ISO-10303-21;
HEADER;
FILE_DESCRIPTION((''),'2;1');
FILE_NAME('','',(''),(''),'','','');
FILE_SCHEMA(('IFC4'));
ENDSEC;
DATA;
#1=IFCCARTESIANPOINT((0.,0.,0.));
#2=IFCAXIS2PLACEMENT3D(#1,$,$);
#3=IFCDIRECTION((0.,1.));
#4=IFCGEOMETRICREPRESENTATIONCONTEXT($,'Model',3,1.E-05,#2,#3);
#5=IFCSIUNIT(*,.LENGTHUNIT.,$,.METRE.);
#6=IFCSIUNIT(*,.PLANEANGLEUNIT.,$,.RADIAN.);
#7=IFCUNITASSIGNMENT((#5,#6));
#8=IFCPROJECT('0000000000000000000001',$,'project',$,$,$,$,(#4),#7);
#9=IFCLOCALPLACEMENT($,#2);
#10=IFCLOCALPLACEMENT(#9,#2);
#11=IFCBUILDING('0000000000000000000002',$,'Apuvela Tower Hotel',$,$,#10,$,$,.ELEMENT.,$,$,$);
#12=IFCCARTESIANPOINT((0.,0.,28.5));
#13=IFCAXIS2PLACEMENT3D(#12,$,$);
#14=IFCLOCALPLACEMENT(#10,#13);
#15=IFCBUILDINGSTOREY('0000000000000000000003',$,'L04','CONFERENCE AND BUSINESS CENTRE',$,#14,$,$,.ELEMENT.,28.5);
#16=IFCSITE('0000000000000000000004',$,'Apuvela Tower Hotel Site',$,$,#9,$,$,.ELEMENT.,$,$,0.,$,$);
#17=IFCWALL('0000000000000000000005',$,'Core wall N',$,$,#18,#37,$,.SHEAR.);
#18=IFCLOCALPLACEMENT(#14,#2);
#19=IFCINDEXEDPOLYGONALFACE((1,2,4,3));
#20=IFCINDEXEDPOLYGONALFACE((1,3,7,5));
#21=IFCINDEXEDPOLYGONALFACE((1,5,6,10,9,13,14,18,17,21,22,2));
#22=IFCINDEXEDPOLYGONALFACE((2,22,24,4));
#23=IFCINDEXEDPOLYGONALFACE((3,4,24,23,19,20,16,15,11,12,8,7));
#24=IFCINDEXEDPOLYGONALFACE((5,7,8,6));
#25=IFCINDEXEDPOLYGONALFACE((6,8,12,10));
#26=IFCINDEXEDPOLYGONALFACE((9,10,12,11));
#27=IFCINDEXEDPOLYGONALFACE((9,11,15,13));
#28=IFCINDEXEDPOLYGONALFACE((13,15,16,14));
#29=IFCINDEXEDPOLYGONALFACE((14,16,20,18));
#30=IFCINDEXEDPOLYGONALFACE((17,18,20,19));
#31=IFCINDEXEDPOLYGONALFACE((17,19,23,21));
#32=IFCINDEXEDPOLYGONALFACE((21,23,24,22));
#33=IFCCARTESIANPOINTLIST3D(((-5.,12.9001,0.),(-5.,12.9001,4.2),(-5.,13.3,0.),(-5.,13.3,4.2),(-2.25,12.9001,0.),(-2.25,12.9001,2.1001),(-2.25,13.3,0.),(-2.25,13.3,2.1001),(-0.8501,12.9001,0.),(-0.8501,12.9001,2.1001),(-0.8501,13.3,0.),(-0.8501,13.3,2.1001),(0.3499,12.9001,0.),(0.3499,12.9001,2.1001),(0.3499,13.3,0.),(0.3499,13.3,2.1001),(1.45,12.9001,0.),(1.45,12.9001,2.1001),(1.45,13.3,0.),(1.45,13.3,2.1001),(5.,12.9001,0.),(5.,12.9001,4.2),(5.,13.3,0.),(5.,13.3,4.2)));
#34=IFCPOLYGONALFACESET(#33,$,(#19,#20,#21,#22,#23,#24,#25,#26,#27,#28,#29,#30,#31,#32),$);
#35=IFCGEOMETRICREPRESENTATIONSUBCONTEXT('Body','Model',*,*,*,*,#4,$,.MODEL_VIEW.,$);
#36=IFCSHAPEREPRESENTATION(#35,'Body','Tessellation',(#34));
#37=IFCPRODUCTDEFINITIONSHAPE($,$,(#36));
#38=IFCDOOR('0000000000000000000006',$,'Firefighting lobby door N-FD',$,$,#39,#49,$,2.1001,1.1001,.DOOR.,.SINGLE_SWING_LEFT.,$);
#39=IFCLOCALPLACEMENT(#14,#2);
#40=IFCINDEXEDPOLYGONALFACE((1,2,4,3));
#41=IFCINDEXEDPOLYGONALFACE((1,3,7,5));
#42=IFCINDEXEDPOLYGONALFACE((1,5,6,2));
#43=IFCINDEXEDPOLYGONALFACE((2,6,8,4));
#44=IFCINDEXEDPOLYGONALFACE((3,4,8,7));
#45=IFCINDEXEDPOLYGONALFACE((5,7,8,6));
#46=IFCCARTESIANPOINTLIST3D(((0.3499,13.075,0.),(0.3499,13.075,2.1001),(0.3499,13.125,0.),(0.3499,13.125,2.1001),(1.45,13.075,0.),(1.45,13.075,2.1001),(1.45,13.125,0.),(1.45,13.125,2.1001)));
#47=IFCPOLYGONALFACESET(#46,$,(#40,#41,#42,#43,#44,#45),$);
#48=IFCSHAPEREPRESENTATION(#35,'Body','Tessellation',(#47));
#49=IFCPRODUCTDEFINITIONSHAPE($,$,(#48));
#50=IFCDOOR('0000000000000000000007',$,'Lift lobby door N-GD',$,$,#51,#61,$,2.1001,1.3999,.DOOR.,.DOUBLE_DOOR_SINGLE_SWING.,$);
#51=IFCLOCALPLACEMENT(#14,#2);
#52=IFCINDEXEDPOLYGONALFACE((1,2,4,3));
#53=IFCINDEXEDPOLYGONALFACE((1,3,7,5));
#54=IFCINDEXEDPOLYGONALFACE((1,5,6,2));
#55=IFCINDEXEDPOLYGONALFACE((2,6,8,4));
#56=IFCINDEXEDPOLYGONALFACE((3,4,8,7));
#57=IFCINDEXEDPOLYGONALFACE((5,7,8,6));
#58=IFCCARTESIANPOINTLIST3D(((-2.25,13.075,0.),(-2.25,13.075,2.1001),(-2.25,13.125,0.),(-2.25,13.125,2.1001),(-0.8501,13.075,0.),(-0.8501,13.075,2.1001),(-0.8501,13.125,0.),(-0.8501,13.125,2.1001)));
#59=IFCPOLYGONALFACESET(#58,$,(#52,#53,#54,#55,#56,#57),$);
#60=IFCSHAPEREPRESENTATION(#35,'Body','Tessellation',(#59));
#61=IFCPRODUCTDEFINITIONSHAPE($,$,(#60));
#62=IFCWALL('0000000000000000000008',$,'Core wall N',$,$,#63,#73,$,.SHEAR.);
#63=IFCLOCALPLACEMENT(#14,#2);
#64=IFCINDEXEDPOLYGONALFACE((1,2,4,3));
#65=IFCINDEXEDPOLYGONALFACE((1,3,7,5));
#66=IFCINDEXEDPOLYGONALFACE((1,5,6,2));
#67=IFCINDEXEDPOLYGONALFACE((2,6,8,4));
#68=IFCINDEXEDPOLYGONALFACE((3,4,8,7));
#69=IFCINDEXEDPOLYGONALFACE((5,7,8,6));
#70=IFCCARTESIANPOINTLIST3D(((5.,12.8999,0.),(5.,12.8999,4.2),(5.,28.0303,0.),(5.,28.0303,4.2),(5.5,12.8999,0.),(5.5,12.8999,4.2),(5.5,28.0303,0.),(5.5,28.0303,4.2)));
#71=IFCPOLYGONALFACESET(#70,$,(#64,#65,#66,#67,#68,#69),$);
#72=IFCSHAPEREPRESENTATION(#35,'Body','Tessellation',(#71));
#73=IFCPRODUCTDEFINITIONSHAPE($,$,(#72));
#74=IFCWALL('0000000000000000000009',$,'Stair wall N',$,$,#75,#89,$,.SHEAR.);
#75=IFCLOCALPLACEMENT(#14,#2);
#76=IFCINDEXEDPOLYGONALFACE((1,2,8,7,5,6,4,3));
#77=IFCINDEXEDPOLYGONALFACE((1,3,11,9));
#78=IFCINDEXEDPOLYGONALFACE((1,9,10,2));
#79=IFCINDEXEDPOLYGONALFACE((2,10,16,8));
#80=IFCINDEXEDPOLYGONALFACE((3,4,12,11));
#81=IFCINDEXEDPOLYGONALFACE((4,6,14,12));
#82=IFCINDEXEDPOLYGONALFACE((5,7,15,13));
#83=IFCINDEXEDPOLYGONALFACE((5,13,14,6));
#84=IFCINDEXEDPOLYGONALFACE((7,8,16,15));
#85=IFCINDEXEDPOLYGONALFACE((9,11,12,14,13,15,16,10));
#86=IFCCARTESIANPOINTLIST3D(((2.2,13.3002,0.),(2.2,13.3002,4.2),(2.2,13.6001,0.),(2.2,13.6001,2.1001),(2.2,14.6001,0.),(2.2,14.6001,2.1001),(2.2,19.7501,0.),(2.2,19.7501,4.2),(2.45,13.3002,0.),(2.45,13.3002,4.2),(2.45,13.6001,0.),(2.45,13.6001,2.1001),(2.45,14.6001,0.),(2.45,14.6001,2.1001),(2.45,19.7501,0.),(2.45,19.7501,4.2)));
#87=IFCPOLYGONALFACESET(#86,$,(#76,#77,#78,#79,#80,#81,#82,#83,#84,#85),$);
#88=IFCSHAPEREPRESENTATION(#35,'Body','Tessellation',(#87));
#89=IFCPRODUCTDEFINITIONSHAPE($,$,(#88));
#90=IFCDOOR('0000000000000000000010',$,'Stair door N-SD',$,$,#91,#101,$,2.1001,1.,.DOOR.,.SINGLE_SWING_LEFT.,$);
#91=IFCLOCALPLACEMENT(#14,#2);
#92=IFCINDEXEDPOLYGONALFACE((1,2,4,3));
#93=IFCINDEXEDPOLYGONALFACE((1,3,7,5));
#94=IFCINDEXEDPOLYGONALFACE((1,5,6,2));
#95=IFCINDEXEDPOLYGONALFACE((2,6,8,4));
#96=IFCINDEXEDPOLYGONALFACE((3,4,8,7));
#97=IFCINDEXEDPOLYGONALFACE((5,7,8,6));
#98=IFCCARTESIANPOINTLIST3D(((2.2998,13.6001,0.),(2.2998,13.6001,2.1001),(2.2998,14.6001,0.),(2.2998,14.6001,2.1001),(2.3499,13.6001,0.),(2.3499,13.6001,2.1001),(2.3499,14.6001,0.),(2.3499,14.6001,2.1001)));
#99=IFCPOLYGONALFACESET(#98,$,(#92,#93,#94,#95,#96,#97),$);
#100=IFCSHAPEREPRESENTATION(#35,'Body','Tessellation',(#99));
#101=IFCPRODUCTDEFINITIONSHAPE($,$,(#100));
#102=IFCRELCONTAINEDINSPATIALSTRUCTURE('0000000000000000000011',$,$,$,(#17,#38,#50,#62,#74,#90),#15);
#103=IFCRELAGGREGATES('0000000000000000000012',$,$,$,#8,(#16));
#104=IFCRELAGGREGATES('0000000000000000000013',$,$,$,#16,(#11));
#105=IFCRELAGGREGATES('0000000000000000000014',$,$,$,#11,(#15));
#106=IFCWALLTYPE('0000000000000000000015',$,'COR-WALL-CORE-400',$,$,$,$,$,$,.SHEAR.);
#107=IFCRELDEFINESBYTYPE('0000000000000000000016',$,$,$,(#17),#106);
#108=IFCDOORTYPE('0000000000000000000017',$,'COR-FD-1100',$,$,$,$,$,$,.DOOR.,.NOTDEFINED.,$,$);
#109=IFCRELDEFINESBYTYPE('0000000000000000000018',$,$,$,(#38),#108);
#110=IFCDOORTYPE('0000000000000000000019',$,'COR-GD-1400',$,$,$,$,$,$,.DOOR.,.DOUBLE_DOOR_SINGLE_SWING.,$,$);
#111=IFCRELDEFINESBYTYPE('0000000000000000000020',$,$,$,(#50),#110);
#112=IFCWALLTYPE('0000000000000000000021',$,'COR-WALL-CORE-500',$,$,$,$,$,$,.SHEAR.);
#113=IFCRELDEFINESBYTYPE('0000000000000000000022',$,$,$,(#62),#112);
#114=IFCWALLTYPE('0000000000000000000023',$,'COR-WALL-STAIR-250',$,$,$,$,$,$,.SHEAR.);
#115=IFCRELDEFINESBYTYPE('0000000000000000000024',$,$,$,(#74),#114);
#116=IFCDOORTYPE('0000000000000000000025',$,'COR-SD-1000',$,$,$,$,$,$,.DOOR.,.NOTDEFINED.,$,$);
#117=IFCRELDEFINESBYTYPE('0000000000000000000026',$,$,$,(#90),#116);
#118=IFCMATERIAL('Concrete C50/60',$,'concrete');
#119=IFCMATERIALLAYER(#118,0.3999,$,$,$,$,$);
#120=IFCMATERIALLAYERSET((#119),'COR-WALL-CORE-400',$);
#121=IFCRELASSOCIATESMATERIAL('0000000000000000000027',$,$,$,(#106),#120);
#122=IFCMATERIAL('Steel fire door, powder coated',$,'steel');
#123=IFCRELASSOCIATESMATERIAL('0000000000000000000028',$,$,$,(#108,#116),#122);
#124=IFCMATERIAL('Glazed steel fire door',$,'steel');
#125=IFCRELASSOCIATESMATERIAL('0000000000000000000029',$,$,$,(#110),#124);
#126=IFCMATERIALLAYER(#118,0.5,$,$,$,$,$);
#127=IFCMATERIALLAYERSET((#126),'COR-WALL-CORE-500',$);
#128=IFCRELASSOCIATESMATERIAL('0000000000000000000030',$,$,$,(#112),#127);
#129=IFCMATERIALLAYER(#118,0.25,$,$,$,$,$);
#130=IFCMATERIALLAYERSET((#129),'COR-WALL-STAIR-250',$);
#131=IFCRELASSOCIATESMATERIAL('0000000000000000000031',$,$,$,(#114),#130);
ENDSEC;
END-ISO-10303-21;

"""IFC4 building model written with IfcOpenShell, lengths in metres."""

from ifc_helpers import new_model, si_unit, direction, frame, frame_2d, origin, place, context, subcontext, project, spatial, rectangle, extrude, material, layer, layer_set, type_object, element, fill, save


model = new_model("IFC4")

# Units and contexts
model_context = context("Model", 3, precision=1e-05, world=origin(), true_north=direction((0.0, 1.0)))
body_context = subcontext(model_context, "Body", "Model", "MODEL_VIEW")
ifc_project = project(units=[si_unit("LENGTHUNIT", "METRE"), si_unit("PLANEANGLEUNIT", "RADIAN")], contexts=[model_context])

# Site, building, storey
site_placement = place(None, origin())
site = spatial("IfcSite", under=ifc_project, at=site_placement, Name="Apuvela Tower Hotel Site", CompositionType="ELEMENT", RefElevation=0.0)
building_placement = place(site_placement, origin())
building = spatial("IfcBuilding", under=site, at=building_placement, Name="Apuvela Tower Hotel", CompositionType="ELEMENT")
storey_placement = place(building_placement, frame((0.0, 0.0, 28.5)))
storey = spatial("IfcBuildingStorey", under=building, at=storey_placement, Name="L04", Description="CONFERENCE AND BUSINESS CENTRE", CompositionType="ELEMENT", Elevation=28.5)

# Wall, openings, doors
ifc_material_1 = material(Name="Concrete C50/60", Category="concrete")
ifc_layer_1 = layer(ifc_material_1, 0.3999)
ifc_layer_set_1 = layer_set([ifc_layer_1], Name="COR-WALL-CORE-400")
wall_type_1 = type_object("IfcWallType", Name="COR-WALL-CORE-400", PredefinedType="SHEAR", material=ifc_layer_set_1)
wall_1_placement = place(storey_placement, frame((5.0, 13.1001, 0.0), z_axis=(0.0, 0.0, 1.0), x_axis=(-1.0, 0.0, 0.0)))
wall_1 = element("IfcWall", 1, at=wall_1_placement, inside=storey, type_object=wall_type_1, Name="Core wall N", PredefinedType="SHEAR", context=body_context, shape_type="SweptSolid", body=[
    extrude(rectangle(XDim=10.0, YDim=0.3999, at=frame_2d((5.0, 0.0))), origin(), (0.0, 0.0, 1.0), 4.2),
])
opening_1_placement = place(wall_1_placement, frame((3.55, 0.0, 0.0)))
opening_1 = element("IfcOpeningElement", 2, at=opening_1_placement, cuts=wall_1, PredefinedType="OPENING", context=body_context, shape_type="SweptSolid", body=[
    extrude(rectangle(XDim=1.1001, YDim=2.1001, at=frame_2d((0.55, 1.05))), frame((0.0, 0.21, 0.0), z_axis=(0.0, -1.0, 0.0), x_axis=(1.0, 0.0, 0.0)), (0.0, 0.0, 1.0), 0.4199),
])
opening_2_placement = place(wall_1_placement, frame((5.8501, 0.0, 0.0)))
opening_2 = element("IfcOpeningElement", 3, at=opening_2_placement, cuts=wall_1, PredefinedType="OPENING", context=body_context, shape_type="SweptSolid", body=[
    extrude(rectangle(XDim=1.3999, YDim=2.1001, at=frame_2d((0.7, 1.05))), frame((0.0, 0.21, 0.0), z_axis=(0.0, -1.0, 0.0), x_axis=(1.0, 0.0, 0.0)), (0.0, 0.0, 1.0), 0.4199),
])
ifc_material_2 = material(Name="Steel fire door, powder coated", Category="steel")
door_type_1 = type_object("IfcDoorType", Name="COR-FD-1100", OperationType="NOTDEFINED", PredefinedType="DOOR", material=ifc_material_2)
door_1_placement = place(opening_1_placement, frame((1.1001, 0.0, 0.0), z_axis=(0.0, 0.0, 1.0), x_axis=(-1.0, 0.0, 0.0)))
door_1 = element("IfcDoor", 4, at=door_1_placement, inside=storey, type_object=door_type_1, Name="Firefighting lobby door N-FD", OperationType="SINGLE_SWING_LEFT", OverallHeight=2.1001, OverallWidth=1.1001, PredefinedType="DOOR", context=body_context, shape_type="SweptSolid", body=[
    extrude(rectangle(XDim=1.1001, YDim=2.1001, at=frame_2d((0.55, 1.05))), frame((0.0, 0.0249, 0.0), z_axis=(0.0, -1.0, 0.0), x_axis=(1.0, 0.0, 0.0)), (0.0, 0.0, 1.0), 0.05),
])
fill(opening_1, door_1)
ifc_material_3 = material(Name="Glazed steel fire door", Category="steel")
door_type_2 = type_object("IfcDoorType", Name="COR-GD-1400", OperationType="DOUBLE_DOOR_SINGLE_SWING", PredefinedType="DOOR", material=ifc_material_3)
door_2_placement = place(opening_2_placement, frame((1.3999, 0.0, 0.0), z_axis=(0.0, 0.0, 1.0), x_axis=(-1.0, 0.0, 0.0)))
door_2 = element("IfcDoor", 5, at=door_2_placement, inside=storey, type_object=door_type_2, Name="Lift lobby door N-GD", OperationType="DOUBLE_DOOR_SINGLE_SWING", OverallHeight=2.1001, OverallWidth=1.3999, PredefinedType="DOOR", context=body_context, shape_type="SweptSolid", body=[
    extrude(rectangle(XDim=1.3999, YDim=2.1001, at=frame_2d((0.7, 1.05))), frame((0.0, 0.0249, 0.0), z_axis=(0.0, -1.0, 0.0), x_axis=(1.0, 0.0, 0.0)), (0.0, 0.0, 1.0), 0.05),
])
fill(opening_2, door_2)

# Wall
ifc_layer_2 = layer(ifc_material_1, 0.5)
ifc_layer_set_2 = layer_set([ifc_layer_2], Name="COR-WALL-CORE-500")
wall_type_2 = type_object("IfcWallType", Name="COR-WALL-CORE-500", PredefinedType="SHEAR", material=ifc_layer_set_2)
wall_2_placement = place(storey_placement, frame((5.25, 12.8999, 0.0), z_axis=(0.0, 0.0, 1.0), x_axis=(0.0, 1.0, 0.0)))
element("IfcWall", 6, at=wall_2_placement, inside=storey, type_object=wall_type_2, Name="Core wall N", PredefinedType="SHEAR", context=body_context, shape_type="SweptSolid", body=[
    extrude(rectangle(XDim=15.1304, YDim=0.5, at=frame_2d((7.5652, 0.0))), origin(), (0.0, 0.0, 1.0), 4.2),
])

# Wall, opening, door
ifc_layer_3 = layer(ifc_material_1, 0.25)
ifc_layer_set_3 = layer_set([ifc_layer_3], Name="COR-WALL-STAIR-250")
wall_type_3 = type_object("IfcWallType", Name="COR-WALL-STAIR-250", PredefinedType="SHEAR", material=ifc_layer_set_3)
wall_3_placement = place(storey_placement, frame((2.325, 13.3, 0.0), z_axis=(0.0, 0.0, 1.0), x_axis=(0.0, 1.0, 0.0)))
wall_3 = element("IfcWall", 7, at=wall_3_placement, inside=storey, type_object=wall_type_3, Name="Stair wall N", PredefinedType="SHEAR", context=body_context, shape_type="SweptSolid", body=[
    extrude(rectangle(XDim=6.45, YDim=0.25, at=frame_2d((3.2251, 0.0))), origin(), (0.0, 0.0, 1.0), 4.2),
])
opening_3_placement = place(wall_3_placement, frame((0.3, 0.0, 0.0)))
opening_3 = element("IfcOpeningElement", 8, at=opening_3_placement, cuts=wall_3, PredefinedType="OPENING", context=body_context, shape_type="SweptSolid", body=[
    extrude(rectangle(XDim=1.0, YDim=2.1001, at=frame_2d((0.5, 1.05))), frame((0.0, 0.135, 0.0), z_axis=(0.0, -1.0, 0.0), x_axis=(1.0, 0.0, 0.0)), (0.0, 0.0, 1.0), 0.27),
])
door_type_3 = type_object("IfcDoorType", Name="COR-SD-1000", OperationType="NOTDEFINED", PredefinedType="DOOR", material=ifc_material_2)
door_3_placement = place(opening_3_placement, frame((1.0, 0.0, 0.0), z_axis=(0.0, 0.0, 1.0), x_axis=(-1.0, 0.0, 0.0)))
door_3 = element("IfcDoor", 9, at=door_3_placement, inside=storey, type_object=door_type_3, Name="Stair door N-SD", OperationType="SINGLE_SWING_LEFT", OverallHeight=2.1001, OverallWidth=1.0, PredefinedType="DOOR", context=body_context, shape_type="SweptSolid", body=[
    extrude(rectangle(XDim=1.0, YDim=2.1001, at=frame_2d((0.5, 1.05))), frame((0.0, 0.0249, 0.0), z_axis=(0.0, -1.0, 0.0), x_axis=(1.0, 0.0, 0.0)), (0.0, 0.0, 1.0), 0.05),
])
fill(opening_3, door_3)

save(model, "model.ifc")
